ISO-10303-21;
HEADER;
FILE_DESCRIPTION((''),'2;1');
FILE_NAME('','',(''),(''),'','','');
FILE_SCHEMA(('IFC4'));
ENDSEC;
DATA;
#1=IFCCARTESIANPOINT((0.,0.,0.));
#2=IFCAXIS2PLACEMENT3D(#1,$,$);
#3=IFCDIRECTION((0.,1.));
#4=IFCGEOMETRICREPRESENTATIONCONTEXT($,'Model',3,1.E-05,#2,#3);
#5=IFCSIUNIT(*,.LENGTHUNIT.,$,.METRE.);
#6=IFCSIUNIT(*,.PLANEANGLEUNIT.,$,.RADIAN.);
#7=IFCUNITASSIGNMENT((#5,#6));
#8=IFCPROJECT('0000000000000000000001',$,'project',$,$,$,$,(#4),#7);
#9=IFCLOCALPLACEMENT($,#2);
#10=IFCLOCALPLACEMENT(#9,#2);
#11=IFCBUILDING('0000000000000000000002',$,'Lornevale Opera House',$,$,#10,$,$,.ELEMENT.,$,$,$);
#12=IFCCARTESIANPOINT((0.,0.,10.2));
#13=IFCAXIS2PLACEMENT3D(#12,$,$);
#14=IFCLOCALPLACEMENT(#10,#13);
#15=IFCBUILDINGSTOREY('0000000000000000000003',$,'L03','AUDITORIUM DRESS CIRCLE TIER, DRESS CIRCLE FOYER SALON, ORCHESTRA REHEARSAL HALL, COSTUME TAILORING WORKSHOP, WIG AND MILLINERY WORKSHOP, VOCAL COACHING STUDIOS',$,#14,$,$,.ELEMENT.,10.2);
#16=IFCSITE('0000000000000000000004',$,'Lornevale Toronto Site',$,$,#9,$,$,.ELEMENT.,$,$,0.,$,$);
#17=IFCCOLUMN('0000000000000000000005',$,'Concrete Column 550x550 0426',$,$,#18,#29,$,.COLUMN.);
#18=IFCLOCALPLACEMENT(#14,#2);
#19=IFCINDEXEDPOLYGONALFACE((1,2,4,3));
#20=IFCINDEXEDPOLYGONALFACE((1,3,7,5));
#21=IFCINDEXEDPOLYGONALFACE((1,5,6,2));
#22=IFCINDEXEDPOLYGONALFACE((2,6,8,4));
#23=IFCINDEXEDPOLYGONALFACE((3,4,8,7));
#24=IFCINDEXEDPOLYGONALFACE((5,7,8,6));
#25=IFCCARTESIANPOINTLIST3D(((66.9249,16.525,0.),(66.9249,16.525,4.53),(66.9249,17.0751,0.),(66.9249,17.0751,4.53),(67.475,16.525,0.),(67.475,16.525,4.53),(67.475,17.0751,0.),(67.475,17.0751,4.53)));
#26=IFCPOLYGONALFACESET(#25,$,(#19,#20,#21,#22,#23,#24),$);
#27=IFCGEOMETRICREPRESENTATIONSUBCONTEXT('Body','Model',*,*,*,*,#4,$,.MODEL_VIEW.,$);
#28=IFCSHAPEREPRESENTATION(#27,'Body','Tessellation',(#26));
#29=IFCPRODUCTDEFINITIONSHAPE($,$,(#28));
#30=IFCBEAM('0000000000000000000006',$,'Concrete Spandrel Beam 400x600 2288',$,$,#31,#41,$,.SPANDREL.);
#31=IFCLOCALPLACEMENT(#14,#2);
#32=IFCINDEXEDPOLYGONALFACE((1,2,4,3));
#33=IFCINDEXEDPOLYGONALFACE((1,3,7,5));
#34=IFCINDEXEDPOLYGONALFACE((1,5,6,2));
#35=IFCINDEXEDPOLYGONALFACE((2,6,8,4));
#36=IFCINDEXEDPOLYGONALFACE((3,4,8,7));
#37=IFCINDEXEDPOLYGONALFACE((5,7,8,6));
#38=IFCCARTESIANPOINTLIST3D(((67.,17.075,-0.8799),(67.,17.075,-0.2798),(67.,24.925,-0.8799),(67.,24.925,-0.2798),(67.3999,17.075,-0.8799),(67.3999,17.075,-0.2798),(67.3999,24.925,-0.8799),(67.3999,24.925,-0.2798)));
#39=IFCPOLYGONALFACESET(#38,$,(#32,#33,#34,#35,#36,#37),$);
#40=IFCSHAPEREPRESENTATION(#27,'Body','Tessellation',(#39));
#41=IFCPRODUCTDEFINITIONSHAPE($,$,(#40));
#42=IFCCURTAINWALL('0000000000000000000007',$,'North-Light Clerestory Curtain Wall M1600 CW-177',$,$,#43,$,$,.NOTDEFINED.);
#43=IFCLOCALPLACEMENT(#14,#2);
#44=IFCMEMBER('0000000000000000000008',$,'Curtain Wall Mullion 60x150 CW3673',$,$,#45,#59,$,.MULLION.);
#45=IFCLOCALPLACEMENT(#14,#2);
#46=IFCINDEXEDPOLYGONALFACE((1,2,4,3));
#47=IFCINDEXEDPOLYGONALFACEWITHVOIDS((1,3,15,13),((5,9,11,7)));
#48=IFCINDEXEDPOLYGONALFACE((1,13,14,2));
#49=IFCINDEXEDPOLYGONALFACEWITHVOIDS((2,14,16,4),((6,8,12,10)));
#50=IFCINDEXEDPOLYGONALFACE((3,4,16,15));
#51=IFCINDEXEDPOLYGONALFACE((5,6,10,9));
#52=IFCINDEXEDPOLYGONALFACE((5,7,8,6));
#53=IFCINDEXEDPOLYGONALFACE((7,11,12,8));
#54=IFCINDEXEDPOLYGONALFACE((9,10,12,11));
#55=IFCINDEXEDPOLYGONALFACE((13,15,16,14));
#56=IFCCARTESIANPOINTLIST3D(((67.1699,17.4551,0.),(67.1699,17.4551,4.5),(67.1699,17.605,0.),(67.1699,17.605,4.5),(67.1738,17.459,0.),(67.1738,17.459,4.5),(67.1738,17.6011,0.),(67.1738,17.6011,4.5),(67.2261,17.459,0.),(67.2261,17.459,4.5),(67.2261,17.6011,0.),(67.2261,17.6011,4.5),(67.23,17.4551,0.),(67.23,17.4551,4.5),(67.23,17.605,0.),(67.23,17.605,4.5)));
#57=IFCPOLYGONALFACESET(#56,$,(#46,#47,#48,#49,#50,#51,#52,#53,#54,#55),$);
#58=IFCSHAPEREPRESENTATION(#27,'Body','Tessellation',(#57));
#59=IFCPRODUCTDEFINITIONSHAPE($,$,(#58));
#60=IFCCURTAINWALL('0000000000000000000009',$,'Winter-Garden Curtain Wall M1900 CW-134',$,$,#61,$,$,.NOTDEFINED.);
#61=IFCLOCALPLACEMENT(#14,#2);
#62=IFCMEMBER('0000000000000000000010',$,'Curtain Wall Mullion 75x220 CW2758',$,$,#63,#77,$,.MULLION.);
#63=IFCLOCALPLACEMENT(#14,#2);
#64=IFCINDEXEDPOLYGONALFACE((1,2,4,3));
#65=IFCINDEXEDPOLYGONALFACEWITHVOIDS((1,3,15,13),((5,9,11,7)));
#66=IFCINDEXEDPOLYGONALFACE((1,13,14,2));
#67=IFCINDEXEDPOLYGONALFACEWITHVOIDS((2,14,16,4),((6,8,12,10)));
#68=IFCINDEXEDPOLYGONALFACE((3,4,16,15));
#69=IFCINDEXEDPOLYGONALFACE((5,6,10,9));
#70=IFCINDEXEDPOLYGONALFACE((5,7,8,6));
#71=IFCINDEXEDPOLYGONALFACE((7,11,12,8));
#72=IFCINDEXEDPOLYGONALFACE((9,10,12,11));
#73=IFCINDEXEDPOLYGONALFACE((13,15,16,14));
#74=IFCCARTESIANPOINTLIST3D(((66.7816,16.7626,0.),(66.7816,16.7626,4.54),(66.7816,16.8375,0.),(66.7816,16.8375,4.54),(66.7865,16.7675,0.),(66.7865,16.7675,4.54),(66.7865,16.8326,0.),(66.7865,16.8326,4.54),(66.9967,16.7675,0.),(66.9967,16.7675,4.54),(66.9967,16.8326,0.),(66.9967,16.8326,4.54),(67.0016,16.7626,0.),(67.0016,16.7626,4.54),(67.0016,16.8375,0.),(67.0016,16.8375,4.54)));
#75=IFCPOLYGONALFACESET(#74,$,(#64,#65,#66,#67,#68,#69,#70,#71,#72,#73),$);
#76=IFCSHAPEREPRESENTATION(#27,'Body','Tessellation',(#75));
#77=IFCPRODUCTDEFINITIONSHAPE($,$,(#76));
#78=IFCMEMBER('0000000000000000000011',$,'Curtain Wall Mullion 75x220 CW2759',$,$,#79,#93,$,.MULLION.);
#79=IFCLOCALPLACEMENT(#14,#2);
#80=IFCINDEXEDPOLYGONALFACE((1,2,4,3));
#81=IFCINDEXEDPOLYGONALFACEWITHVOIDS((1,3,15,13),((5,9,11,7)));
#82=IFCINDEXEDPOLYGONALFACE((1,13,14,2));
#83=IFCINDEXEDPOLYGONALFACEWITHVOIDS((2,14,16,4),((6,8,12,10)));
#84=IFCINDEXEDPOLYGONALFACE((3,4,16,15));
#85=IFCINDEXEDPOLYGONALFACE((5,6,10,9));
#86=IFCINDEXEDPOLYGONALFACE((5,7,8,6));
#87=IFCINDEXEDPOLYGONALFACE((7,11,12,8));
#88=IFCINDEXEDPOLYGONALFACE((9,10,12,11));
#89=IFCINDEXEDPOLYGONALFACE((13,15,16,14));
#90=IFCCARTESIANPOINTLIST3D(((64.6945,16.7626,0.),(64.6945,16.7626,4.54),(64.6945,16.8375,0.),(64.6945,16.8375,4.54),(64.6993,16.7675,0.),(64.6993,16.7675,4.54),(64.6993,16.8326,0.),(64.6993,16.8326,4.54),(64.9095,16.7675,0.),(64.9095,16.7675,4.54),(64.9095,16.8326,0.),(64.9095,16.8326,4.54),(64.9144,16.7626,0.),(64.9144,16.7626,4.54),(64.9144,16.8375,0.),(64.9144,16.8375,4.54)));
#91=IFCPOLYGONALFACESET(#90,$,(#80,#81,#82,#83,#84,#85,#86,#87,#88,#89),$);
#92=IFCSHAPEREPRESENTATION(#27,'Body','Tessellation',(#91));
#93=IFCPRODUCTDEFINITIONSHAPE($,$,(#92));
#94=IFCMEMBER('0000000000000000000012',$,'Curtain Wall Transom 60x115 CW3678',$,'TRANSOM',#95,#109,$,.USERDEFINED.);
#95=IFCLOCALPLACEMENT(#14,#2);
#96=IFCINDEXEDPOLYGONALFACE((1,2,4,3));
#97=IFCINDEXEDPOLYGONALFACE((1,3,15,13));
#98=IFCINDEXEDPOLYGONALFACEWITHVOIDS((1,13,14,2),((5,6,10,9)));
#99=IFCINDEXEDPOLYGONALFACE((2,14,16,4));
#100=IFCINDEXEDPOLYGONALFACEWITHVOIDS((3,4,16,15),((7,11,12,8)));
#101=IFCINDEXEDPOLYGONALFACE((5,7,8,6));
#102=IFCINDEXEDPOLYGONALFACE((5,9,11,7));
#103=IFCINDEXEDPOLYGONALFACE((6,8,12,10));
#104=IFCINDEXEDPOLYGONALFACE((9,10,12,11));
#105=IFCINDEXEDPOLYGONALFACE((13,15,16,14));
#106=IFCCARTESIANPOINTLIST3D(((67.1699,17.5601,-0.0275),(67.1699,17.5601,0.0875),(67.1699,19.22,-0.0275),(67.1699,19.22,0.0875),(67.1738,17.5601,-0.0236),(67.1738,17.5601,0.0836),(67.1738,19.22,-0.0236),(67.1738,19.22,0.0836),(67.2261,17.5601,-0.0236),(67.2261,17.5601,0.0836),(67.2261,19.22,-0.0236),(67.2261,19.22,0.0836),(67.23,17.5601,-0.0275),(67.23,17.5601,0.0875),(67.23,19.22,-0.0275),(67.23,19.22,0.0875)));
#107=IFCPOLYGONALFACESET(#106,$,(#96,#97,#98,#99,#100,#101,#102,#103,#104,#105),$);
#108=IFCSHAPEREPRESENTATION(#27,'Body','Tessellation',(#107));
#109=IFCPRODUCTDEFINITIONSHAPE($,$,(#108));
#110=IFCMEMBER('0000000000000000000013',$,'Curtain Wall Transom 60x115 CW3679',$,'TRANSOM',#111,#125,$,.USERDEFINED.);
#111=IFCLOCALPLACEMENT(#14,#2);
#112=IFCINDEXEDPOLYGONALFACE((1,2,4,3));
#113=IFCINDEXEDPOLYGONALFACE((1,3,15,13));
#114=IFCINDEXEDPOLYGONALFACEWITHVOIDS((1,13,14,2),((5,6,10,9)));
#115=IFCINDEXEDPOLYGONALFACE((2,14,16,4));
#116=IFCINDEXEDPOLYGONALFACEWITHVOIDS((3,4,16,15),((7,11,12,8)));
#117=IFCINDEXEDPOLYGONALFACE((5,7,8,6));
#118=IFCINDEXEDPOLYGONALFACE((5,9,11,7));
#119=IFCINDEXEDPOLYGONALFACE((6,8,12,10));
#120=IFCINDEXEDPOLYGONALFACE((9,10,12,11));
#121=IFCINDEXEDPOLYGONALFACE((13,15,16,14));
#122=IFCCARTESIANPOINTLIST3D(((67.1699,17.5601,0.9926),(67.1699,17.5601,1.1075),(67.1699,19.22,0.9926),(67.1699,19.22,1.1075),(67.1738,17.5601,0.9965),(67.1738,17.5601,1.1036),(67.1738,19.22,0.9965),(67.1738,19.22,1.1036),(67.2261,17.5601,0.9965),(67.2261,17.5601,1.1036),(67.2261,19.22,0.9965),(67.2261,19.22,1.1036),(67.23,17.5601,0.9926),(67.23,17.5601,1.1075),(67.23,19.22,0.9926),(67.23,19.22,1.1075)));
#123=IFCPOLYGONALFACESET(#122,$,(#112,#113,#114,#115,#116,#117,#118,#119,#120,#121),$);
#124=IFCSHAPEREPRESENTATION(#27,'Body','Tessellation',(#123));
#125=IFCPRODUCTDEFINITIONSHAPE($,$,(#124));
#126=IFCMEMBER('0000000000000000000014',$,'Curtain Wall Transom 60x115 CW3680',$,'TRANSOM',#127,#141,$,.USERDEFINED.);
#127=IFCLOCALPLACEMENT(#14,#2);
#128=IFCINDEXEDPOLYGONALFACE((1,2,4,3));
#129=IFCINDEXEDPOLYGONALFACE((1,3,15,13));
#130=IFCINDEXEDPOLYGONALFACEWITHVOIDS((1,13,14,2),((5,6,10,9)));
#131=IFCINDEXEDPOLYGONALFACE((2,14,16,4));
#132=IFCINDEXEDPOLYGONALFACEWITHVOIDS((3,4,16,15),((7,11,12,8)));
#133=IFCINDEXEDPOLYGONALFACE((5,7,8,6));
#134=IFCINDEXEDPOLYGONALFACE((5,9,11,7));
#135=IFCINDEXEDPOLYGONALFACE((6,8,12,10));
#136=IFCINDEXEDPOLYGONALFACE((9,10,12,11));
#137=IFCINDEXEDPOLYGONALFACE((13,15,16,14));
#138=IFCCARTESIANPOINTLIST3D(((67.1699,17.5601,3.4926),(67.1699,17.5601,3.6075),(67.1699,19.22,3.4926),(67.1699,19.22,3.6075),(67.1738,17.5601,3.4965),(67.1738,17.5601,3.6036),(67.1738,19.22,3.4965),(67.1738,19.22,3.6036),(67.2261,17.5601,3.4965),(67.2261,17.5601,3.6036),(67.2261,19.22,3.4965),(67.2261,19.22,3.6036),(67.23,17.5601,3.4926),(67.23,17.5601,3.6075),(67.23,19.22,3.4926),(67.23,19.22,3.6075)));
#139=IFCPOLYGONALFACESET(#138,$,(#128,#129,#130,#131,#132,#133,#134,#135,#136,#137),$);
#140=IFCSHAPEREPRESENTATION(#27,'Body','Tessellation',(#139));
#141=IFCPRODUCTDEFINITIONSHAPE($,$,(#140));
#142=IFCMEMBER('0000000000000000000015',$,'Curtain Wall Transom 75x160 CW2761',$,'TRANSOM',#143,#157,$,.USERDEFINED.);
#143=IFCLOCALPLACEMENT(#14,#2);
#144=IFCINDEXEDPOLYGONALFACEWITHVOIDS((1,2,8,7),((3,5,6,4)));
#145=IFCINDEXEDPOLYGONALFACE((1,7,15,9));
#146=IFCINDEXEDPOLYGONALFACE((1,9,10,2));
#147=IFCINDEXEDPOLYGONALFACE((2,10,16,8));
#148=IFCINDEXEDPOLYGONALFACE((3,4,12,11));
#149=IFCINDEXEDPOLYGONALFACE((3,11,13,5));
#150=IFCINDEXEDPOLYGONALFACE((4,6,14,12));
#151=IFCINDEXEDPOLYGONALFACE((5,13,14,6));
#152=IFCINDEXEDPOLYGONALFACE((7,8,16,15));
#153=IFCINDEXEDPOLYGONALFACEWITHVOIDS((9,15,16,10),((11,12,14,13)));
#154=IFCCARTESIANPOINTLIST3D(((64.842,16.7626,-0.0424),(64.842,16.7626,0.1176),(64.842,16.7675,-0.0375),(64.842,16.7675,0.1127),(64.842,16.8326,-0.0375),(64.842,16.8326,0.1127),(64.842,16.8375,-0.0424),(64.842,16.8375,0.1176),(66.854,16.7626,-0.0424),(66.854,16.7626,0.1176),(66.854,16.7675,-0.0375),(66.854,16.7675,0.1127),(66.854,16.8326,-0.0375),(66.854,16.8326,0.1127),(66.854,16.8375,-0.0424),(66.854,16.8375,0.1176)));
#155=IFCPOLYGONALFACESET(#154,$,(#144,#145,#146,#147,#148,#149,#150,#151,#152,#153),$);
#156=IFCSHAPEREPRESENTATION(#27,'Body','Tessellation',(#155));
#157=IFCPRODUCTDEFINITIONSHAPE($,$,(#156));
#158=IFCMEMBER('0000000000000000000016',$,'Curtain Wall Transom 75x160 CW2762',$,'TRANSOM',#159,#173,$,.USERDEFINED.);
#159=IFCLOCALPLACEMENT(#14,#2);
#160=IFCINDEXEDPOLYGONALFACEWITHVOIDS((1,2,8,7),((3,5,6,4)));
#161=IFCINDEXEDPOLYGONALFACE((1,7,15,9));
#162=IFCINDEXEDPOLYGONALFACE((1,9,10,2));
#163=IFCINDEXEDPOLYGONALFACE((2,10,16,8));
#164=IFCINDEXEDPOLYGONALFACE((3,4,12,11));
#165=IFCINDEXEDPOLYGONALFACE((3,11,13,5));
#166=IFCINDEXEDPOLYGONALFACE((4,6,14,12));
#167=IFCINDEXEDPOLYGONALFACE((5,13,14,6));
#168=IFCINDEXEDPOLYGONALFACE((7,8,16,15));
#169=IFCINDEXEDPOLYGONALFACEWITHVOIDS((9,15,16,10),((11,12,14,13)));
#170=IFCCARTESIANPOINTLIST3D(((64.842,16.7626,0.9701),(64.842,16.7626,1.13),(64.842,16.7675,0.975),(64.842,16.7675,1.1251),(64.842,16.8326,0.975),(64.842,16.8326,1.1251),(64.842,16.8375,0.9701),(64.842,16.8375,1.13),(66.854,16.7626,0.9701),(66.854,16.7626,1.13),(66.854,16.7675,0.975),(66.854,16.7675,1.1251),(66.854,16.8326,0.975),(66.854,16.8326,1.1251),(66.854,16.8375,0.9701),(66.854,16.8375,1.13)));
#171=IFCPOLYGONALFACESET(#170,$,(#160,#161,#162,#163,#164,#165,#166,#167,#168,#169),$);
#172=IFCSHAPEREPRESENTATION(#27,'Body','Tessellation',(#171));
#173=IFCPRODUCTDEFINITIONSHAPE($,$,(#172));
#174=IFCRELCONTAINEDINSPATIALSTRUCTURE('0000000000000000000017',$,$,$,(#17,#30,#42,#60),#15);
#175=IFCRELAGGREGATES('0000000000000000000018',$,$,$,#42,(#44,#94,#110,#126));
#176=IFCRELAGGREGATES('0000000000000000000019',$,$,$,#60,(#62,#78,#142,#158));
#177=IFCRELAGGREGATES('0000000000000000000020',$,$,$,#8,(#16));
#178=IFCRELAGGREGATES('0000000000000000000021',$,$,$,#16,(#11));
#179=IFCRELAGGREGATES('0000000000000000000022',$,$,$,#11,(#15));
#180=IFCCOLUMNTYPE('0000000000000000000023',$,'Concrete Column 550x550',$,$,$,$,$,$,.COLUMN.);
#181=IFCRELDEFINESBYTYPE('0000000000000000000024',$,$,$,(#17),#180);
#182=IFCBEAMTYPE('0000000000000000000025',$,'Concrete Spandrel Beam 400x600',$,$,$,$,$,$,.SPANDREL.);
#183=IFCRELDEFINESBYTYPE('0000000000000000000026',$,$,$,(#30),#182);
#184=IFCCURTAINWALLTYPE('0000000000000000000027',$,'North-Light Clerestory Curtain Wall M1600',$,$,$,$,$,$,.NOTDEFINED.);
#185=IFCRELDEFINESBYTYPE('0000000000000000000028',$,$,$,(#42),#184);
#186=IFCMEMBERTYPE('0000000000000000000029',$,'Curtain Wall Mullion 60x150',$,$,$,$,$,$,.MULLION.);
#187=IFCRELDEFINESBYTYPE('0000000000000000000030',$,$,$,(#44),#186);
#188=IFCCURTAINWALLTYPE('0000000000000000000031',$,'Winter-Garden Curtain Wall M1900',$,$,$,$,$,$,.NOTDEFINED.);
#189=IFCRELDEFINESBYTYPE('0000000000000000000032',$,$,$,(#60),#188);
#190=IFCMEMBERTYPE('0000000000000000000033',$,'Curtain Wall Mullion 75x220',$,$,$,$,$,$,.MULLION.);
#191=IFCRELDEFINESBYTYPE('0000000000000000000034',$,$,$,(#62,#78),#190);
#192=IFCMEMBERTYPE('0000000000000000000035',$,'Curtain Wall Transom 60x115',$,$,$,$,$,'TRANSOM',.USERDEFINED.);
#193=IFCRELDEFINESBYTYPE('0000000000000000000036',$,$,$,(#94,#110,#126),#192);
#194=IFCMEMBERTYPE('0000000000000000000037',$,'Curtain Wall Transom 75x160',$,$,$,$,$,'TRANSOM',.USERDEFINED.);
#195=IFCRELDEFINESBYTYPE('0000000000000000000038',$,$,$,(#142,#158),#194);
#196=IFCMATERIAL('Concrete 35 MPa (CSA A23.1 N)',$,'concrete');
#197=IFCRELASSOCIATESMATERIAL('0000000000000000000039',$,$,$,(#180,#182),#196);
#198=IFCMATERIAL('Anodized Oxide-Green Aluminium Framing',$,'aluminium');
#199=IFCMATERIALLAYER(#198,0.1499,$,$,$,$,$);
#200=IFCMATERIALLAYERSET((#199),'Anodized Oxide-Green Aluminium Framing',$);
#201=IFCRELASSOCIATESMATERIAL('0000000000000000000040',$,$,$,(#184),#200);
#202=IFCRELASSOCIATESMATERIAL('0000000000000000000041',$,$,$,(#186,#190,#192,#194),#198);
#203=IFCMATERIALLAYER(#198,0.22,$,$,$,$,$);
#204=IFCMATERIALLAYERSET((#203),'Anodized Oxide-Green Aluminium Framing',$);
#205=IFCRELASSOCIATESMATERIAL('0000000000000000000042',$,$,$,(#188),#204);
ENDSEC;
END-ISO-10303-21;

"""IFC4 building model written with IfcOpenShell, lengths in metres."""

from ifc_helpers import new_model, si_unit, direction, frame, origin, origin_2d, place, context, subcontext, project, spatial, rectangle, hollow_rectangle, extrude, material, layer, layer_set, material_profile, profile_set, type_object, element, aggregate, save


model = new_model("IFC4")

# Units and contexts
model_context = context("Model", 3, precision=1e-05, world=origin(), true_north=direction((0.0, 1.0)))
body_context = subcontext(model_context, "Body", "Model", "MODEL_VIEW")
ifc_project = project(units=[si_unit("LENGTHUNIT", "METRE"), si_unit("PLANEANGLEUNIT", "RADIAN")], contexts=[model_context])

# Site, building, storey
site_placement = place(None, origin())
site = spatial("IfcSite", under=ifc_project, at=site_placement, Name="Lornevale Toronto Site", CompositionType="ELEMENT", RefElevation=0.0)
building_placement = place(site_placement, origin())
building = spatial("IfcBuilding", under=site, at=building_placement, Name="Lornevale Opera House", CompositionType="ELEMENT")
storey_placement = place(building_placement, frame((0.0, 0.0, 10.2)))
storey = spatial("IfcBuildingStorey", under=building, at=storey_placement, Name="L03", Description="AUDITORIUM DRESS CIRCLE TIER, DRESS CIRCLE FOYER SALON, ORCHESTRA REHEARSAL HALL, COSTUME TAILORING WORKSHOP, WIG AND MILLINERY WORKSHOP, VOCAL COACHING STUDIOS", CompositionType="ELEMENT", Elevation=10.2)

# Column
ifc_material_1 = material(Name="Concrete 35 MPa (CSA A23.1 N)", Category="concrete")
ifc_material_profile_1 = material_profile(ifc_material_1, rectangle(XDim=0.55, YDim=0.55, at=origin_2d()), Name="RC550x550")
ifc_profile_set_1 = profile_set([ifc_material_profile_1], Name="Concrete 35 MPa (CSA A23.1 N)")
column_type = type_object("IfcColumnType", Name="Concrete Column 550x550", PredefinedType="COLUMN", material=ifc_profile_set_1)
column_placement = place(storey_placement, frame((67.2, 16.8, 0.0), z_axis=(0.0, 0.0, 1.0), x_axis=(1.0, 0.0, 0.0)))
element("IfcColumn", 1, at=column_placement, inside=storey, type_object=column_type, Name="Concrete Column 550x550 0426", PredefinedType="COLUMN", context=body_context, shape_type="SweptSolid", body=[
    extrude(rectangle(XDim=0.55, YDim=0.55, at=origin_2d()), origin(), (0.0, 0.0, 1.0), 4.53),
])

# Beam
ifc_material_profile_2 = material_profile(ifc_material_1, rectangle(XDim=0.3999, YDim=0.6001, at=origin_2d()), Name="RC400x600")
ifc_profile_set_2 = profile_set([ifc_material_profile_2], Name="Concrete 35 MPa (CSA A23.1 N)")
beam_type = type_object("IfcBeamType", Name="Concrete Spandrel Beam 400x600", PredefinedType="SPANDREL", material=ifc_profile_set_2)
beam_placement = place(storey_placement, frame((67.2, 17.075, -0.5798), z_axis=(0.0, 1.0, 0.0), x_axis=(-1.0, 0.0, 0.0)))
element("IfcBeam", 2, at=beam_placement, inside=storey, type_object=beam_type, Name="Concrete Spandrel Beam 400x600 2288", PredefinedType="SPANDREL", context=body_context, shape_type="SweptSolid", body=[
    extrude(rectangle(XDim=0.3999, YDim=0.6001, at=origin_2d()), origin(), (0.0, 0.0, 1.0), 7.8501),
])

# Curtain wall, member
ifc_material_2 = material(Name="Anodized Oxide-Green Aluminium Framing", Category="aluminium")
ifc_layer_1 = layer(ifc_material_2, 0.1499)
ifc_layer_set_1 = layer_set([ifc_layer_1], Name="Anodized Oxide-Green Aluminium Framing")
curtain_wall_type_1 = type_object("IfcCurtainWallType", Name="North-Light Clerestory Curtain Wall M1600", PredefinedType="NOTDEFINED", material=ifc_layer_set_1)
curtain_wall_1_placement = place(storey_placement, origin())
curtain_wall_1 = element("IfcCurtainWall", 3, at=curtain_wall_1_placement, inside=storey, type_object=curtain_wall_type_1, Name="North-Light Clerestory Curtain Wall M1600 CW-177", PredefinedType="NOTDEFINED")
ifc_material_profile_3 = material_profile(ifc_material_2, hollow_rectangle(XDim=0.0601, YDim=0.1499, WallThickness=0.0039, at=origin_2d()), Name="ALU60x150x4")
ifc_profile_set_3 = profile_set([ifc_material_profile_3], Name="Anodized Oxide-Green Aluminium Framing")
member_type_1 = type_object("IfcMemberType", Name="Curtain Wall Mullion 60x150", PredefinedType="MULLION", material=ifc_profile_set_3)
member_1_placement = place(storey_placement, frame((67.2, 17.53, 0.0), z_axis=(0.0, 0.0, 1.0), x_axis=(-1.0, 0.0, 0.0)))
member_1 = element("IfcMember", 4, at=member_1_placement, type_object=member_type_1, Name="Curtain Wall Mullion 60x150 CW3673", PredefinedType="MULLION", context=body_context, shape_type="SweptSolid", body=[
    extrude(hollow_rectangle(XDim=0.0601, YDim=0.1499, WallThickness=0.0039, at=origin_2d()), origin(), (0.0, 0.0, 1.0), 4.5),
])

# Curtain wall, members
ifc_layer_2 = layer(ifc_material_2, 0.22)
ifc_layer_set_2 = layer_set([ifc_layer_2], Name="Anodized Oxide-Green Aluminium Framing")
curtain_wall_type_2 = type_object("IfcCurtainWallType", Name="Winter-Garden Curtain Wall M1900", PredefinedType="NOTDEFINED", material=ifc_layer_set_2)
curtain_wall_2_placement = place(storey_placement, origin())
curtain_wall_2 = element("IfcCurtainWall", 5, at=curtain_wall_2_placement, inside=storey, type_object=curtain_wall_type_2, Name="Winter-Garden Curtain Wall M1900 CW-134", PredefinedType="NOTDEFINED")
ifc_material_profile_4 = material_profile(ifc_material_2, hollow_rectangle(XDim=0.075, YDim=0.22, WallThickness=0.0049, at=origin_2d()), Name="ALU75x220x5")
ifc_profile_set_4 = profile_set([ifc_material_profile_4], Name="Anodized Oxide-Green Aluminium Framing")
member_type_2 = type_object("IfcMemberType", Name="Curtain Wall Mullion 75x220", PredefinedType="MULLION", material=ifc_profile_set_4)
member_2_placement = place(storey_placement, frame((66.8916, 16.8, 0.0), z_axis=(0.0, 0.0, 1.0), x_axis=(0.0, -1.0, 0.0)))
member_2 = element("IfcMember", 6, at=member_2_placement, type_object=member_type_2, Name="Curtain Wall Mullion 75x220 CW2758", PredefinedType="MULLION", context=body_context, shape_type="SweptSolid", body=[
    extrude(hollow_rectangle(XDim=0.075, YDim=0.22, WallThickness=0.0049, at=origin_2d()), origin(), (0.0, 0.0, 1.0), 4.54),
])
member_3_placement = place(storey_placement, frame((64.8044, 16.8, 0.0), z_axis=(0.0, 0.0, 1.0), x_axis=(0.0, -1.0, 0.0)))
member_3 = element("IfcMember", 7, at=member_3_placement, type_object=member_type_2, Name="Curtain Wall Mullion 75x220 CW2759", PredefinedType="MULLION", context=body_context, shape_type="SweptSolid", body=[
    extrude(hollow_rectangle(XDim=0.075, YDim=0.22, WallThickness=0.0049, at=origin_2d()), origin(), (0.0, 0.0, 1.0), 4.54),
])

# Members
ifc_material_profile_5 = material_profile(ifc_material_2, hollow_rectangle(XDim=0.0601, YDim=0.115, WallThickness=0.0039, at=origin_2d()), Name="ALU60x115x4")
ifc_profile_set_5 = profile_set([ifc_material_profile_5], Name="Anodized Oxide-Green Aluminium Framing")
member_type_3 = type_object("IfcMemberType", Name="Curtain Wall Transom 60x115", ElementType="TRANSOM", PredefinedType="USERDEFINED", material=ifc_profile_set_5)
member_4_placement = place(storey_placement, frame((67.2, 17.5601, 0.03), z_axis=(0.0, 1.0, 0.0), x_axis=(-1.0, 0.0, 0.0)))
member_4 = element("IfcMember", 8, at=member_4_placement, type_object=member_type_3, Name="Curtain Wall Transom 60x115 CW3678", ObjectType="TRANSOM", PredefinedType="USERDEFINED", context=body_context, shape_type="SweptSolid", body=[
    extrude(hollow_rectangle(XDim=0.0601, YDim=0.115, WallThickness=0.0039, at=origin_2d()), origin(), (0.0, 0.0, 1.0), 1.6599),
])
member_5_placement = place(storey_placement, frame((67.2, 17.5601, 1.05), z_axis=(0.0, 1.0, 0.0), x_axis=(-1.0, 0.0, 0.0)))
member_5 = element("IfcMember", 9, at=member_5_placement, type_object=member_type_3, Name="Curtain Wall Transom 60x115 CW3679", ObjectType="TRANSOM", PredefinedType="USERDEFINED", context=body_context, shape_type="SweptSolid", body=[
    extrude(hollow_rectangle(XDim=0.0601, YDim=0.115, WallThickness=0.0039, at=origin_2d()), origin(), (0.0, 0.0, 1.0), 1.6599),
])
member_6_placement = place(storey_placement, frame((67.2, 17.5601, 3.55), z_axis=(0.0, 1.0, 0.0), x_axis=(-1.0, 0.0, 0.0)))
member_6 = element("IfcMember", 10, at=member_6_placement, type_object=member_type_3, Name="Curtain Wall Transom 60x115 CW3680", ObjectType="TRANSOM", PredefinedType="USERDEFINED", context=body_context, shape_type="SweptSolid", body=[
    extrude(hollow_rectangle(XDim=0.0601, YDim=0.115, WallThickness=0.0039, at=origin_2d()), origin(), (0.0, 0.0, 1.0), 1.6599),
])
aggregate(curtain_wall_1, [member_1, member_4, member_5, member_6])
ifc_material_profile_6 = material_profile(ifc_material_2, hollow_rectangle(XDim=0.075, YDim=0.1599, WallThickness=0.0049, at=origin_2d()), Name="ALU75x160x5")
ifc_profile_set_6 = profile_set([ifc_material_profile_6], Name="Anodized Oxide-Green Aluminium Framing")
member_type_4 = type_object("IfcMemberType", Name="Curtain Wall Transom 75x160", ElementType="TRANSOM", PredefinedType="USERDEFINED", material=ifc_profile_set_6)
member_7_placement = place(storey_placement, frame((66.854, 16.8, 0.0376), z_axis=(-1.0, 0.0, 0.0), x_axis=(0.0, -1.0, 0.0)))
member_7 = element("IfcMember", 11, at=member_7_placement, type_object=member_type_4, Name="Curtain Wall Transom 75x160 CW2761", ObjectType="TRANSOM", PredefinedType="USERDEFINED", context=body_context, shape_type="SweptSolid", body=[
    extrude(hollow_rectangle(XDim=0.075, YDim=0.1599, WallThickness=0.0049, at=origin_2d()), origin(), (0.0, 0.0, 1.0), 2.012),
])
member_8_placement = place(storey_placement, frame((66.854, 16.8, 1.05), z_axis=(-1.0, 0.0, 0.0), x_axis=(0.0, -1.0, 0.0)))
member_8 = element("IfcMember", 12, at=member_8_placement, type_object=member_type_4, Name="Curtain Wall Transom 75x160 CW2762", ObjectType="TRANSOM", PredefinedType="USERDEFINED", context=body_context, shape_type="SweptSolid", body=[
    extrude(hollow_rectangle(XDim=0.075, YDim=0.1599, WallThickness=0.0049, at=origin_2d()), origin(), (0.0, 0.0, 1.0), 2.012),
])

aggregate(curtain_wall_2, [member_2, member_3, member_7, member_8])

save(model, "model.ifc")
